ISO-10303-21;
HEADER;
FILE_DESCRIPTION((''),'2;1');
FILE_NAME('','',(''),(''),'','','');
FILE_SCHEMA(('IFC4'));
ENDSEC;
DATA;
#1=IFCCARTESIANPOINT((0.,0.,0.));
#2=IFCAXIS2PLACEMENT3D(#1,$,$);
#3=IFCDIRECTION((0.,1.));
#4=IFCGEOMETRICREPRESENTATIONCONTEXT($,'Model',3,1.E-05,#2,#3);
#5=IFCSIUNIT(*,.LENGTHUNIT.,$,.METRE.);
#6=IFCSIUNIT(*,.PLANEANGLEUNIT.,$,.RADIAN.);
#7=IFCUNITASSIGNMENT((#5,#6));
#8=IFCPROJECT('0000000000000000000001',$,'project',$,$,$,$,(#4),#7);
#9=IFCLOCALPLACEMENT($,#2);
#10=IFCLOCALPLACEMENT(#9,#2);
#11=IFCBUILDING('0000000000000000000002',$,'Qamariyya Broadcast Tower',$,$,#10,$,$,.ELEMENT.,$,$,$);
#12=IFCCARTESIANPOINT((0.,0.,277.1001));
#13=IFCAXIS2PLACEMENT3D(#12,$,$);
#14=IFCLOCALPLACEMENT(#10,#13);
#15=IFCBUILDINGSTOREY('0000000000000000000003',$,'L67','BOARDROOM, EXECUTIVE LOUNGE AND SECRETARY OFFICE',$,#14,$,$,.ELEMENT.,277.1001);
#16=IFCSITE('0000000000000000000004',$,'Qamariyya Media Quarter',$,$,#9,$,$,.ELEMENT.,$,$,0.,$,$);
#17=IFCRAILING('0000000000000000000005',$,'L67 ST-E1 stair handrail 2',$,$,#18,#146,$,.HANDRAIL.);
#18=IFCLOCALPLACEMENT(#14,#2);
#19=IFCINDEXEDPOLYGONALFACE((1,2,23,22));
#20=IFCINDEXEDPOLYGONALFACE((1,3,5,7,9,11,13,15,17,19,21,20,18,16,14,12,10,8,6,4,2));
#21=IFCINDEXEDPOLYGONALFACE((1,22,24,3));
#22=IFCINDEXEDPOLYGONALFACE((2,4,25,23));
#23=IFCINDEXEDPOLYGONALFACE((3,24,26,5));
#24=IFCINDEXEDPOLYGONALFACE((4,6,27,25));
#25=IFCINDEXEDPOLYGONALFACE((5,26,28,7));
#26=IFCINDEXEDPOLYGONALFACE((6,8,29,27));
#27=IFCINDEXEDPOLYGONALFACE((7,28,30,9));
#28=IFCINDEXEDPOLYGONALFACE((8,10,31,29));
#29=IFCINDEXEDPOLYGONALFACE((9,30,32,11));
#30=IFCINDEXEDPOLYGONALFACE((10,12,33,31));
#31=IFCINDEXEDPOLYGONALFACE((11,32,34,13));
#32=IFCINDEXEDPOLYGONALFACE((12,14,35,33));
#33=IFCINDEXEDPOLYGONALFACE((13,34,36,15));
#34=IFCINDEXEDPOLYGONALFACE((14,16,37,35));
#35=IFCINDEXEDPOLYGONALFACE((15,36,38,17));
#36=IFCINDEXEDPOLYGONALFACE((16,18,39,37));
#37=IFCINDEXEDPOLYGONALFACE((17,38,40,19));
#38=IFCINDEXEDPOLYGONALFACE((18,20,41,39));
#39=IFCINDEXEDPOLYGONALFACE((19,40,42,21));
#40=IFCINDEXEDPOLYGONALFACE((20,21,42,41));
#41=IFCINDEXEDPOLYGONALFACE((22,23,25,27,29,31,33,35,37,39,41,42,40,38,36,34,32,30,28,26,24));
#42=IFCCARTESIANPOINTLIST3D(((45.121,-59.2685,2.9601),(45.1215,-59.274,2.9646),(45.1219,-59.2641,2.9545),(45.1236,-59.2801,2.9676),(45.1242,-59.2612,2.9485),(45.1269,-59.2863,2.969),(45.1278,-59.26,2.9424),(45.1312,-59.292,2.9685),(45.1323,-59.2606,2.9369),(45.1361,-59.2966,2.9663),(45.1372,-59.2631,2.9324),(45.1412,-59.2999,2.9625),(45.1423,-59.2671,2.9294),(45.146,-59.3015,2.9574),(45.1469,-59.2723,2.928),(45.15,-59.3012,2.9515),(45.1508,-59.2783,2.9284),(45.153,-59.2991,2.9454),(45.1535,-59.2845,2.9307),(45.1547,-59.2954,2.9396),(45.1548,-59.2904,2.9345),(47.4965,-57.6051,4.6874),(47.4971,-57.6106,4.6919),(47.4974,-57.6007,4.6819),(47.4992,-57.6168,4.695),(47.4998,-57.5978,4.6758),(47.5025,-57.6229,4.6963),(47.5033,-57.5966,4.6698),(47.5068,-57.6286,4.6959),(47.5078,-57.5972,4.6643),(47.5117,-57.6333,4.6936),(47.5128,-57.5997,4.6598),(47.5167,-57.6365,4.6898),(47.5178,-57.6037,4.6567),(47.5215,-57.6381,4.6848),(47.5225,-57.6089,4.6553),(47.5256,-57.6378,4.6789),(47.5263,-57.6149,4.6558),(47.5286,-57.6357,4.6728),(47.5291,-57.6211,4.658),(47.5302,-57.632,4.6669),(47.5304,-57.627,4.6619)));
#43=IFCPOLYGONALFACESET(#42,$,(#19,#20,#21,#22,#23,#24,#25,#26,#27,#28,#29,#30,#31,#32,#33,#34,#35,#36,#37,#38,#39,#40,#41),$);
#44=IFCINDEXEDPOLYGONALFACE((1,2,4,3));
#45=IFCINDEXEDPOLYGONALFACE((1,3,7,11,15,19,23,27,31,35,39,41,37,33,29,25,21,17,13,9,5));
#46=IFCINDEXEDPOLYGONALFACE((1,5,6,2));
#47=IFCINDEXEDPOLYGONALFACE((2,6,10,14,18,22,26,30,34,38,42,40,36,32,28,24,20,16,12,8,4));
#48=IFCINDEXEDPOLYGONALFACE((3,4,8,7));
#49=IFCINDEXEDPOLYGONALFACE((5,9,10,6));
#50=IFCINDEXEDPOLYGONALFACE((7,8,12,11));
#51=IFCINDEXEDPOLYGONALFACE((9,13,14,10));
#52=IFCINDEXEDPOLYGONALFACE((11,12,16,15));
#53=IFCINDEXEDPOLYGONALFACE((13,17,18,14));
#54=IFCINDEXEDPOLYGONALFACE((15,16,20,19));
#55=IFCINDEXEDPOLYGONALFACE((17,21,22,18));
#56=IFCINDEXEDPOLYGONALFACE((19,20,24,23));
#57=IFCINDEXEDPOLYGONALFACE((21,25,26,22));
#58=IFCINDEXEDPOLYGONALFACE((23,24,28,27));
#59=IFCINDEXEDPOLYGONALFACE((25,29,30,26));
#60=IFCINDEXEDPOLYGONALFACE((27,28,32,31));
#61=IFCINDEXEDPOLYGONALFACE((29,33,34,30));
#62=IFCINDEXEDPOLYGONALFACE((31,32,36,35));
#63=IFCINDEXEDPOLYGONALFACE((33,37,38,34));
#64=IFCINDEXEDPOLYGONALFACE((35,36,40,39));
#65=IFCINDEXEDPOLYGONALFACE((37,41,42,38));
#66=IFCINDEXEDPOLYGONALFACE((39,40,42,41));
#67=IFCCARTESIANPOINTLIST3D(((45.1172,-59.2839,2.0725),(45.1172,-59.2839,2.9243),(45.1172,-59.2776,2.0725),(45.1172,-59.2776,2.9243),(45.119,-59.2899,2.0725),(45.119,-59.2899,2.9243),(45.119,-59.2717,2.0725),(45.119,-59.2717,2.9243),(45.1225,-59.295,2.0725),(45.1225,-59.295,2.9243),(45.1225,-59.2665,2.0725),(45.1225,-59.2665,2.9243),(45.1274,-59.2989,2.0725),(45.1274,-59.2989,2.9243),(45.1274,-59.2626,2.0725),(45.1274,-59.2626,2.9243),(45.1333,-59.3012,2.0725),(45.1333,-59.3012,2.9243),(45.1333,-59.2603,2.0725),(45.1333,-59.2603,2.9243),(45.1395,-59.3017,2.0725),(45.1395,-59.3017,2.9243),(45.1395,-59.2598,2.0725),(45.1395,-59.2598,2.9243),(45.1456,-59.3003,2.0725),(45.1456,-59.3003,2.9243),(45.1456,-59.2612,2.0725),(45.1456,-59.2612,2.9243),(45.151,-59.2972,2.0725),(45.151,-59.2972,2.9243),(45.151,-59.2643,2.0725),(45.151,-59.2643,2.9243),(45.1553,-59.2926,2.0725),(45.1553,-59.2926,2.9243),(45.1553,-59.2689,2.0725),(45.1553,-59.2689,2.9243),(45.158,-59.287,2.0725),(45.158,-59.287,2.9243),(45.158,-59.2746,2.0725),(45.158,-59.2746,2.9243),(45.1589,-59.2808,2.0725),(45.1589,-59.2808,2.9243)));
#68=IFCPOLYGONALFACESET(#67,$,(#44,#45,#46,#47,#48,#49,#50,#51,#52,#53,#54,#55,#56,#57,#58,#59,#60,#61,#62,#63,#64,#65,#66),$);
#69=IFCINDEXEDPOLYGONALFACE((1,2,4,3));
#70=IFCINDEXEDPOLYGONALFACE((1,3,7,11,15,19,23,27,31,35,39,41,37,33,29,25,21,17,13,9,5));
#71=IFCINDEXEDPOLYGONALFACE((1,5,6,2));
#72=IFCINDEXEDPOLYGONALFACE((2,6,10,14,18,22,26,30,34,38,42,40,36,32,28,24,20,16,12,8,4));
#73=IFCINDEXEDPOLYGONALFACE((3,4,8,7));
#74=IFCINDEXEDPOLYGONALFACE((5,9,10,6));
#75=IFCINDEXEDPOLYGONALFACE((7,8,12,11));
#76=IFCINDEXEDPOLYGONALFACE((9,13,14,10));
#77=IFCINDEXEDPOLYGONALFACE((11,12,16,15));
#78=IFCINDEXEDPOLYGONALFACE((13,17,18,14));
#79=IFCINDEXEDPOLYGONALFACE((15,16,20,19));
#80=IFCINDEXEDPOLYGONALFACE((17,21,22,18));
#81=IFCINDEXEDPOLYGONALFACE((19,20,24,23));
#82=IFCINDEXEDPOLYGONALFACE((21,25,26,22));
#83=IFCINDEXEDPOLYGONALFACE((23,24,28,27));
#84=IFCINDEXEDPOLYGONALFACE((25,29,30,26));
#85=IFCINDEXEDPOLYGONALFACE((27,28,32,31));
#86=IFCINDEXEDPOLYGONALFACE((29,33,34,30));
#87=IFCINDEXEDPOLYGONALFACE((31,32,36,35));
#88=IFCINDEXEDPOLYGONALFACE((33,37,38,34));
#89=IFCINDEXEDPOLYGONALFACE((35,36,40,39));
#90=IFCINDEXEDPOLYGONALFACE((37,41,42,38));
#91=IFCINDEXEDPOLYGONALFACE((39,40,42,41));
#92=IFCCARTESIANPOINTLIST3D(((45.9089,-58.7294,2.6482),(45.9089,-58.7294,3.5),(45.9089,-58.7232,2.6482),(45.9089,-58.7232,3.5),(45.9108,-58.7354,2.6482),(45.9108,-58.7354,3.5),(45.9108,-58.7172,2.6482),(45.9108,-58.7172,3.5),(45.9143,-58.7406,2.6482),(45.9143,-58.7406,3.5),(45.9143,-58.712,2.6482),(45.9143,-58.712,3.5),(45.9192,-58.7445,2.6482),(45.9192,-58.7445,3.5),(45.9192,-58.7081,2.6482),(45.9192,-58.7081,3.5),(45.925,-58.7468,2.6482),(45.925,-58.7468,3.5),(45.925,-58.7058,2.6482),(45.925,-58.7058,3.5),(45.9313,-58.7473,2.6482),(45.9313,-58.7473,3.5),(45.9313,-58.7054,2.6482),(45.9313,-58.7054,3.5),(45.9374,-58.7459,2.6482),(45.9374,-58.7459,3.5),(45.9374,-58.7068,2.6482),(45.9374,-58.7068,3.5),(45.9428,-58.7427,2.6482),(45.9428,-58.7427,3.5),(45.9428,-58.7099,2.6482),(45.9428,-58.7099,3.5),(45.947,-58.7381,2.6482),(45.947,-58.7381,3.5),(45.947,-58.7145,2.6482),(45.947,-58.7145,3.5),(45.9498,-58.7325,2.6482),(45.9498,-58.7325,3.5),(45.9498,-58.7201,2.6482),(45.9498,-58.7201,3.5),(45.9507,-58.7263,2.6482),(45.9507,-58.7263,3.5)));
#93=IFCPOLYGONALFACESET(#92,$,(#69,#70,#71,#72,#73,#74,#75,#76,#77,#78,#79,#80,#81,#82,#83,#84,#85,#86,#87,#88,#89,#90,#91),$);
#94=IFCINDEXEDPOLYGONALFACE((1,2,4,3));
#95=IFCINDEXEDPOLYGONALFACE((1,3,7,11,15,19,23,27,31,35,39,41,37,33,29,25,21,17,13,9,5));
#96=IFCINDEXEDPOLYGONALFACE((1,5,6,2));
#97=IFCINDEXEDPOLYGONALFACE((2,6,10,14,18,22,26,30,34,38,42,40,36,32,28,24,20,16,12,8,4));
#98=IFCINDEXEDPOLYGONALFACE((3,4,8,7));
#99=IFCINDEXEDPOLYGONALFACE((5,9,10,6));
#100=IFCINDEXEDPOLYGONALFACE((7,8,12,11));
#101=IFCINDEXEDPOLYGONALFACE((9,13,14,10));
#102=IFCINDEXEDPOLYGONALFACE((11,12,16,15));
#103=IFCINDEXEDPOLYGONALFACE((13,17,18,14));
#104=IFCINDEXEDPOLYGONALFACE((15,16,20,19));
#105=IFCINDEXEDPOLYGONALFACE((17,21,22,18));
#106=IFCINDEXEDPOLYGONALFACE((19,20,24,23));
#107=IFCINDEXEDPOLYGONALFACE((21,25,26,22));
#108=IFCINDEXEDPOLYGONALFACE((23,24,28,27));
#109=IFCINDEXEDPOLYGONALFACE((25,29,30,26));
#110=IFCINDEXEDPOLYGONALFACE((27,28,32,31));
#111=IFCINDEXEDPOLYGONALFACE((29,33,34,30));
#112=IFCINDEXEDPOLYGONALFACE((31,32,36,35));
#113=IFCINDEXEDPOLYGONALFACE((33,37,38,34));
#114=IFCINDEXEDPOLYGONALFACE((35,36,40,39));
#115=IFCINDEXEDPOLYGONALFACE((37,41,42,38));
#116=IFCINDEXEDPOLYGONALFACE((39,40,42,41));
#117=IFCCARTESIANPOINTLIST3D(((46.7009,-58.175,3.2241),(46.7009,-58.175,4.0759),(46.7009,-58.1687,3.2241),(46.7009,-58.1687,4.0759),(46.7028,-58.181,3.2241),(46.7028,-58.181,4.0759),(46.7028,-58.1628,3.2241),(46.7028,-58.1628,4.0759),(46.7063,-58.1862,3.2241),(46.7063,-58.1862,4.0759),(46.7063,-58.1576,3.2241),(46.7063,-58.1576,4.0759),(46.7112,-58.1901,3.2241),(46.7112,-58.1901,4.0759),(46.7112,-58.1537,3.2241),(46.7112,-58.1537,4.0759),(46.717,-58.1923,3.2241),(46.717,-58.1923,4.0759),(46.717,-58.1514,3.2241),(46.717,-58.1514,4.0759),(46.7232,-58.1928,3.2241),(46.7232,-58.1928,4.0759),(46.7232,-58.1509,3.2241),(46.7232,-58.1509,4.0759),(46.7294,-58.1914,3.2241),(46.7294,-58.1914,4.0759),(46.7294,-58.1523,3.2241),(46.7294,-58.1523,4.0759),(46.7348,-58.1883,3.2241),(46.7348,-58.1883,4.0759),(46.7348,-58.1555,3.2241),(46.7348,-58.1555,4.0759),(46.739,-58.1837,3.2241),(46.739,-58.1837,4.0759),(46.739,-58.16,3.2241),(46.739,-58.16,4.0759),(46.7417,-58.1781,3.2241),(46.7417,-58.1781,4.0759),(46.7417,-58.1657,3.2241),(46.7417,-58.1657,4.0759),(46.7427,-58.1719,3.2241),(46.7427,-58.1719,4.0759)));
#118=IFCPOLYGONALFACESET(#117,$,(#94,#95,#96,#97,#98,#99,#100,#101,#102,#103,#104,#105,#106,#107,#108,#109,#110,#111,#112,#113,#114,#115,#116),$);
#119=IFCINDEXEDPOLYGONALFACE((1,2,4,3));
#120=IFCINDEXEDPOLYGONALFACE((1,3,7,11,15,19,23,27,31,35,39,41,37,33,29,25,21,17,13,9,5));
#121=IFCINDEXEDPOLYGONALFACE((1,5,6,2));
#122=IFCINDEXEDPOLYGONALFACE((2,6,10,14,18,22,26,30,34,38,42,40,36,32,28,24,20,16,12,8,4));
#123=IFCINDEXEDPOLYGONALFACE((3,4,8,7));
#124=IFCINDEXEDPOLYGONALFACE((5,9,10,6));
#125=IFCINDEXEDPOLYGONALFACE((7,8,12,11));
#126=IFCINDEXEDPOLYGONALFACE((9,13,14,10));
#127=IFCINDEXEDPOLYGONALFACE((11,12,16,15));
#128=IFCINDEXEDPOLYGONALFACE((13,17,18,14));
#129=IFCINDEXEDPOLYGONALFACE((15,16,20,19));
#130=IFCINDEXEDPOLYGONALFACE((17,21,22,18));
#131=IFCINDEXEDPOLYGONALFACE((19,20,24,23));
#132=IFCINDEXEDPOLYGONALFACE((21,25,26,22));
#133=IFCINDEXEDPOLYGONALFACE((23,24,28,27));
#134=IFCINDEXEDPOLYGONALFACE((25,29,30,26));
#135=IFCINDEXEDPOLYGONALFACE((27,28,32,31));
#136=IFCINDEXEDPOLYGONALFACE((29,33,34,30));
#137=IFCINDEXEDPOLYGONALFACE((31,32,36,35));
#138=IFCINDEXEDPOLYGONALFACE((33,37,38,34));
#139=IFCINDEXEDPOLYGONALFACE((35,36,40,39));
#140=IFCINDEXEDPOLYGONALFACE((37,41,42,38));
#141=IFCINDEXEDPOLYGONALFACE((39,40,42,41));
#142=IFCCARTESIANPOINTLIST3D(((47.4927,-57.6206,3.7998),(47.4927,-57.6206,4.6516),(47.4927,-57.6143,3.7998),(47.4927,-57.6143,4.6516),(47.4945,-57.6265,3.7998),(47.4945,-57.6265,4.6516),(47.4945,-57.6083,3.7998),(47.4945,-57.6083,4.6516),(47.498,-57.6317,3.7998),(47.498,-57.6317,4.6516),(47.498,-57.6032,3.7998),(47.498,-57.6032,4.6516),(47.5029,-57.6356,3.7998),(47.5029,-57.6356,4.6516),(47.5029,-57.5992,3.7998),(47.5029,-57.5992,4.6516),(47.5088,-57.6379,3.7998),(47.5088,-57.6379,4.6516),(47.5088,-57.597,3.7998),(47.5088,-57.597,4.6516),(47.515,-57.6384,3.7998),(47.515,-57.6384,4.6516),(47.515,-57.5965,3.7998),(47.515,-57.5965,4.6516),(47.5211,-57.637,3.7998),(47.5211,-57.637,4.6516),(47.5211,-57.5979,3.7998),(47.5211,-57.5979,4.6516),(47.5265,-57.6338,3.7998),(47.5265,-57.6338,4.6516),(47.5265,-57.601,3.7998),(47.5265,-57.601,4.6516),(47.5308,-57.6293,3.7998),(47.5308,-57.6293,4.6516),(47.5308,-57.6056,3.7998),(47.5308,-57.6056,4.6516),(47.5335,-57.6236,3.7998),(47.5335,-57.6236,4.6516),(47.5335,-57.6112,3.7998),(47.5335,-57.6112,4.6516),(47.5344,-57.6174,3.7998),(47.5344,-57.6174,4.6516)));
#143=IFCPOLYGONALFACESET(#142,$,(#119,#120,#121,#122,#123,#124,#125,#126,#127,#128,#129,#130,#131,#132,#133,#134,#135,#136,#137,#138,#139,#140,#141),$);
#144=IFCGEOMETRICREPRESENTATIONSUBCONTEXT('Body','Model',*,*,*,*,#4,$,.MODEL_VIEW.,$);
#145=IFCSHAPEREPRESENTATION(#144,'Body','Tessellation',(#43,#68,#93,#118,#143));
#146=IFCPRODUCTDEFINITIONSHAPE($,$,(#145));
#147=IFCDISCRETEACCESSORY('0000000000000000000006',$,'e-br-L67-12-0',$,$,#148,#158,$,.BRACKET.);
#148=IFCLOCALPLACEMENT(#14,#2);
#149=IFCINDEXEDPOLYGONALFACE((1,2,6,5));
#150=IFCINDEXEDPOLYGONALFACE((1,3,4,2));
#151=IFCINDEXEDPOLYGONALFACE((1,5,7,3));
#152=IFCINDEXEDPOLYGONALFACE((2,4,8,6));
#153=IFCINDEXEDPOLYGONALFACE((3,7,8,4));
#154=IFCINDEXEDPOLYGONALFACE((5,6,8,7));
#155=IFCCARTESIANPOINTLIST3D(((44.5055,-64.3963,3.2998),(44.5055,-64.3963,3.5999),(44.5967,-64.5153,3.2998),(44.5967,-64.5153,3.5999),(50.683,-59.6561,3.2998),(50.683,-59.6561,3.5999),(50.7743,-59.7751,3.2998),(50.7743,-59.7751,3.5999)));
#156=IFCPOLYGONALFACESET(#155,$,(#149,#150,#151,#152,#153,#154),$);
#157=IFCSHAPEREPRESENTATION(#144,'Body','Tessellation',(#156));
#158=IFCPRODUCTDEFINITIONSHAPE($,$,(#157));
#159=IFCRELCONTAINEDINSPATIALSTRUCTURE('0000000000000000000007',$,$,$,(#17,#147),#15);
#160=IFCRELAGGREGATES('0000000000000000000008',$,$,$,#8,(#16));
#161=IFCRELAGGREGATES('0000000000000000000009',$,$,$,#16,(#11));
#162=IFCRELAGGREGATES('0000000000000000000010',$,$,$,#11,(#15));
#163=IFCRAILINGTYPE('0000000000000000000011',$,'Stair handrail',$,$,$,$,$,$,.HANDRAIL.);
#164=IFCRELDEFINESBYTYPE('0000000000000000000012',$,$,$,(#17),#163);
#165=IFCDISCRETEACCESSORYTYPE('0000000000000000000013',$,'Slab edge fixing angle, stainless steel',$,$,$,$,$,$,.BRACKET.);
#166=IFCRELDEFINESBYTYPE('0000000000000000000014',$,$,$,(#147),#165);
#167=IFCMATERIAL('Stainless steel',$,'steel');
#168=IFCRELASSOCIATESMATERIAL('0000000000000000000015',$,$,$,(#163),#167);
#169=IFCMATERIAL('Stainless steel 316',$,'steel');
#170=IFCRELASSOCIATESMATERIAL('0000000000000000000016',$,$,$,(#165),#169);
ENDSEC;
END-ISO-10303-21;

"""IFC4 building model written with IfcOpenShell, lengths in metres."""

from ifc_helpers import new_model, si_unit, direction, frame, origin, origin_2d, place, context, subcontext, project, spatial, rectangle, circle, extrude, material, type_object, element, save


model = new_model("IFC4")

# Units and contexts
model_context = context("Model", 3, precision=1e-05, world=origin(), true_north=direction((0.0, 1.0)))
body_context = subcontext(model_context, "Body", "Model", "MODEL_VIEW")
ifc_project = project(units=[si_unit("LENGTHUNIT", "METRE"), si_unit("PLANEANGLEUNIT", "RADIAN")], contexts=[model_context])

# Site, building, storey
site_placement = place(None, origin())
site = spatial("IfcSite", under=ifc_project, at=site_placement, Name="Qamariyya Media Quarter", CompositionType="ELEMENT", RefElevation=0.0)
building_placement = place(site_placement, origin())
building = spatial("IfcBuilding", under=site, at=building_placement, Name="Qamariyya Broadcast Tower", CompositionType="ELEMENT")
storey_placement = place(building_placement, frame((0.0, 0.0, 277.1001)))
storey = spatial("IfcBuildingStorey", under=building, at=storey_placement, Name="L67", Description="BOARDROOM, EXECUTIVE LOUNGE AND SECRETARY OFFICE", CompositionType="ELEMENT", Elevation=277.1001)

# Railing
ifc_material_1 = material(Name="Stainless steel", Category="steel")
railing_type_1 = type_object("IfcRailingType", Name="Stair handrail", PredefinedType="HANDRAIL", material=ifc_material_1)
railing_1_placement = place(storey_placement, frame((45.1379, -59.2808, 2.0725)))
element("IfcRailing", 1, at=railing_1_placement, inside=storey, type_object=railing_type_1, Name="L67 ST-E1 stair handrail 2", PredefinedType="HANDRAIL", context=body_context, shape_type="SweptSolid", body=[
    extrude(circle(Radius=0.0239, at=origin_2d()), frame((0.0, 0.0, 0.876), z_axis=(0.70377, 0.492784, 0.511734), x_axis=(-0.573575, 0.819153, 0.0)), (0.0, 0.0, 1.0), 3.3755),
    extrude(circle(Radius=0.021, at=origin_2d()), origin(), (0.0, 0.0, 1.0), 0.8518),
    extrude(circle(Radius=0.021, at=origin_2d()), frame((0.7917, 0.5544, 0.5757)), (0.0, 0.0, 1.0), 0.8518),
    extrude(circle(Radius=0.021, at=origin_2d()), frame((1.5837, 1.1089, 1.1516)), (0.0, 0.0, 1.0), 0.8518),
    extrude(circle(Radius=0.021, at=origin_2d()), frame((2.3755, 1.6633, 1.7273)), (0.0, 0.0, 1.0), 0.8518),
])

# Discrete accessory
ifc_material_2 = material(Name="Stainless steel 316", Category="steel")
discrete_accessory_type = type_object("IfcDiscreteAccessoryType", Name="Slab edge fixing angle, stainless steel", PredefinedType="BRACKET", material=ifc_material_2)
discrete_accessory_placement = place(storey_placement, frame((47.6399, -62.0857, 3.2998), z_axis=(0.0, 0.0, 1.0), x_axis=(0.793353, 0.608761, 0.0)))
element("IfcDiscreteAccessory", 2, at=discrete_accessory_placement, inside=storey, type_object=discrete_accessory_type, Name="e-br-L67-12-0", PredefinedType="BRACKET", context=body_context, shape_type="SweptSolid", body=[
    extrude(rectangle(XDim=7.7866, YDim=0.1499, at=origin_2d()), origin(), (0.0, 0.0, 1.0), 0.3),
])

save(model, "model.ifc")
